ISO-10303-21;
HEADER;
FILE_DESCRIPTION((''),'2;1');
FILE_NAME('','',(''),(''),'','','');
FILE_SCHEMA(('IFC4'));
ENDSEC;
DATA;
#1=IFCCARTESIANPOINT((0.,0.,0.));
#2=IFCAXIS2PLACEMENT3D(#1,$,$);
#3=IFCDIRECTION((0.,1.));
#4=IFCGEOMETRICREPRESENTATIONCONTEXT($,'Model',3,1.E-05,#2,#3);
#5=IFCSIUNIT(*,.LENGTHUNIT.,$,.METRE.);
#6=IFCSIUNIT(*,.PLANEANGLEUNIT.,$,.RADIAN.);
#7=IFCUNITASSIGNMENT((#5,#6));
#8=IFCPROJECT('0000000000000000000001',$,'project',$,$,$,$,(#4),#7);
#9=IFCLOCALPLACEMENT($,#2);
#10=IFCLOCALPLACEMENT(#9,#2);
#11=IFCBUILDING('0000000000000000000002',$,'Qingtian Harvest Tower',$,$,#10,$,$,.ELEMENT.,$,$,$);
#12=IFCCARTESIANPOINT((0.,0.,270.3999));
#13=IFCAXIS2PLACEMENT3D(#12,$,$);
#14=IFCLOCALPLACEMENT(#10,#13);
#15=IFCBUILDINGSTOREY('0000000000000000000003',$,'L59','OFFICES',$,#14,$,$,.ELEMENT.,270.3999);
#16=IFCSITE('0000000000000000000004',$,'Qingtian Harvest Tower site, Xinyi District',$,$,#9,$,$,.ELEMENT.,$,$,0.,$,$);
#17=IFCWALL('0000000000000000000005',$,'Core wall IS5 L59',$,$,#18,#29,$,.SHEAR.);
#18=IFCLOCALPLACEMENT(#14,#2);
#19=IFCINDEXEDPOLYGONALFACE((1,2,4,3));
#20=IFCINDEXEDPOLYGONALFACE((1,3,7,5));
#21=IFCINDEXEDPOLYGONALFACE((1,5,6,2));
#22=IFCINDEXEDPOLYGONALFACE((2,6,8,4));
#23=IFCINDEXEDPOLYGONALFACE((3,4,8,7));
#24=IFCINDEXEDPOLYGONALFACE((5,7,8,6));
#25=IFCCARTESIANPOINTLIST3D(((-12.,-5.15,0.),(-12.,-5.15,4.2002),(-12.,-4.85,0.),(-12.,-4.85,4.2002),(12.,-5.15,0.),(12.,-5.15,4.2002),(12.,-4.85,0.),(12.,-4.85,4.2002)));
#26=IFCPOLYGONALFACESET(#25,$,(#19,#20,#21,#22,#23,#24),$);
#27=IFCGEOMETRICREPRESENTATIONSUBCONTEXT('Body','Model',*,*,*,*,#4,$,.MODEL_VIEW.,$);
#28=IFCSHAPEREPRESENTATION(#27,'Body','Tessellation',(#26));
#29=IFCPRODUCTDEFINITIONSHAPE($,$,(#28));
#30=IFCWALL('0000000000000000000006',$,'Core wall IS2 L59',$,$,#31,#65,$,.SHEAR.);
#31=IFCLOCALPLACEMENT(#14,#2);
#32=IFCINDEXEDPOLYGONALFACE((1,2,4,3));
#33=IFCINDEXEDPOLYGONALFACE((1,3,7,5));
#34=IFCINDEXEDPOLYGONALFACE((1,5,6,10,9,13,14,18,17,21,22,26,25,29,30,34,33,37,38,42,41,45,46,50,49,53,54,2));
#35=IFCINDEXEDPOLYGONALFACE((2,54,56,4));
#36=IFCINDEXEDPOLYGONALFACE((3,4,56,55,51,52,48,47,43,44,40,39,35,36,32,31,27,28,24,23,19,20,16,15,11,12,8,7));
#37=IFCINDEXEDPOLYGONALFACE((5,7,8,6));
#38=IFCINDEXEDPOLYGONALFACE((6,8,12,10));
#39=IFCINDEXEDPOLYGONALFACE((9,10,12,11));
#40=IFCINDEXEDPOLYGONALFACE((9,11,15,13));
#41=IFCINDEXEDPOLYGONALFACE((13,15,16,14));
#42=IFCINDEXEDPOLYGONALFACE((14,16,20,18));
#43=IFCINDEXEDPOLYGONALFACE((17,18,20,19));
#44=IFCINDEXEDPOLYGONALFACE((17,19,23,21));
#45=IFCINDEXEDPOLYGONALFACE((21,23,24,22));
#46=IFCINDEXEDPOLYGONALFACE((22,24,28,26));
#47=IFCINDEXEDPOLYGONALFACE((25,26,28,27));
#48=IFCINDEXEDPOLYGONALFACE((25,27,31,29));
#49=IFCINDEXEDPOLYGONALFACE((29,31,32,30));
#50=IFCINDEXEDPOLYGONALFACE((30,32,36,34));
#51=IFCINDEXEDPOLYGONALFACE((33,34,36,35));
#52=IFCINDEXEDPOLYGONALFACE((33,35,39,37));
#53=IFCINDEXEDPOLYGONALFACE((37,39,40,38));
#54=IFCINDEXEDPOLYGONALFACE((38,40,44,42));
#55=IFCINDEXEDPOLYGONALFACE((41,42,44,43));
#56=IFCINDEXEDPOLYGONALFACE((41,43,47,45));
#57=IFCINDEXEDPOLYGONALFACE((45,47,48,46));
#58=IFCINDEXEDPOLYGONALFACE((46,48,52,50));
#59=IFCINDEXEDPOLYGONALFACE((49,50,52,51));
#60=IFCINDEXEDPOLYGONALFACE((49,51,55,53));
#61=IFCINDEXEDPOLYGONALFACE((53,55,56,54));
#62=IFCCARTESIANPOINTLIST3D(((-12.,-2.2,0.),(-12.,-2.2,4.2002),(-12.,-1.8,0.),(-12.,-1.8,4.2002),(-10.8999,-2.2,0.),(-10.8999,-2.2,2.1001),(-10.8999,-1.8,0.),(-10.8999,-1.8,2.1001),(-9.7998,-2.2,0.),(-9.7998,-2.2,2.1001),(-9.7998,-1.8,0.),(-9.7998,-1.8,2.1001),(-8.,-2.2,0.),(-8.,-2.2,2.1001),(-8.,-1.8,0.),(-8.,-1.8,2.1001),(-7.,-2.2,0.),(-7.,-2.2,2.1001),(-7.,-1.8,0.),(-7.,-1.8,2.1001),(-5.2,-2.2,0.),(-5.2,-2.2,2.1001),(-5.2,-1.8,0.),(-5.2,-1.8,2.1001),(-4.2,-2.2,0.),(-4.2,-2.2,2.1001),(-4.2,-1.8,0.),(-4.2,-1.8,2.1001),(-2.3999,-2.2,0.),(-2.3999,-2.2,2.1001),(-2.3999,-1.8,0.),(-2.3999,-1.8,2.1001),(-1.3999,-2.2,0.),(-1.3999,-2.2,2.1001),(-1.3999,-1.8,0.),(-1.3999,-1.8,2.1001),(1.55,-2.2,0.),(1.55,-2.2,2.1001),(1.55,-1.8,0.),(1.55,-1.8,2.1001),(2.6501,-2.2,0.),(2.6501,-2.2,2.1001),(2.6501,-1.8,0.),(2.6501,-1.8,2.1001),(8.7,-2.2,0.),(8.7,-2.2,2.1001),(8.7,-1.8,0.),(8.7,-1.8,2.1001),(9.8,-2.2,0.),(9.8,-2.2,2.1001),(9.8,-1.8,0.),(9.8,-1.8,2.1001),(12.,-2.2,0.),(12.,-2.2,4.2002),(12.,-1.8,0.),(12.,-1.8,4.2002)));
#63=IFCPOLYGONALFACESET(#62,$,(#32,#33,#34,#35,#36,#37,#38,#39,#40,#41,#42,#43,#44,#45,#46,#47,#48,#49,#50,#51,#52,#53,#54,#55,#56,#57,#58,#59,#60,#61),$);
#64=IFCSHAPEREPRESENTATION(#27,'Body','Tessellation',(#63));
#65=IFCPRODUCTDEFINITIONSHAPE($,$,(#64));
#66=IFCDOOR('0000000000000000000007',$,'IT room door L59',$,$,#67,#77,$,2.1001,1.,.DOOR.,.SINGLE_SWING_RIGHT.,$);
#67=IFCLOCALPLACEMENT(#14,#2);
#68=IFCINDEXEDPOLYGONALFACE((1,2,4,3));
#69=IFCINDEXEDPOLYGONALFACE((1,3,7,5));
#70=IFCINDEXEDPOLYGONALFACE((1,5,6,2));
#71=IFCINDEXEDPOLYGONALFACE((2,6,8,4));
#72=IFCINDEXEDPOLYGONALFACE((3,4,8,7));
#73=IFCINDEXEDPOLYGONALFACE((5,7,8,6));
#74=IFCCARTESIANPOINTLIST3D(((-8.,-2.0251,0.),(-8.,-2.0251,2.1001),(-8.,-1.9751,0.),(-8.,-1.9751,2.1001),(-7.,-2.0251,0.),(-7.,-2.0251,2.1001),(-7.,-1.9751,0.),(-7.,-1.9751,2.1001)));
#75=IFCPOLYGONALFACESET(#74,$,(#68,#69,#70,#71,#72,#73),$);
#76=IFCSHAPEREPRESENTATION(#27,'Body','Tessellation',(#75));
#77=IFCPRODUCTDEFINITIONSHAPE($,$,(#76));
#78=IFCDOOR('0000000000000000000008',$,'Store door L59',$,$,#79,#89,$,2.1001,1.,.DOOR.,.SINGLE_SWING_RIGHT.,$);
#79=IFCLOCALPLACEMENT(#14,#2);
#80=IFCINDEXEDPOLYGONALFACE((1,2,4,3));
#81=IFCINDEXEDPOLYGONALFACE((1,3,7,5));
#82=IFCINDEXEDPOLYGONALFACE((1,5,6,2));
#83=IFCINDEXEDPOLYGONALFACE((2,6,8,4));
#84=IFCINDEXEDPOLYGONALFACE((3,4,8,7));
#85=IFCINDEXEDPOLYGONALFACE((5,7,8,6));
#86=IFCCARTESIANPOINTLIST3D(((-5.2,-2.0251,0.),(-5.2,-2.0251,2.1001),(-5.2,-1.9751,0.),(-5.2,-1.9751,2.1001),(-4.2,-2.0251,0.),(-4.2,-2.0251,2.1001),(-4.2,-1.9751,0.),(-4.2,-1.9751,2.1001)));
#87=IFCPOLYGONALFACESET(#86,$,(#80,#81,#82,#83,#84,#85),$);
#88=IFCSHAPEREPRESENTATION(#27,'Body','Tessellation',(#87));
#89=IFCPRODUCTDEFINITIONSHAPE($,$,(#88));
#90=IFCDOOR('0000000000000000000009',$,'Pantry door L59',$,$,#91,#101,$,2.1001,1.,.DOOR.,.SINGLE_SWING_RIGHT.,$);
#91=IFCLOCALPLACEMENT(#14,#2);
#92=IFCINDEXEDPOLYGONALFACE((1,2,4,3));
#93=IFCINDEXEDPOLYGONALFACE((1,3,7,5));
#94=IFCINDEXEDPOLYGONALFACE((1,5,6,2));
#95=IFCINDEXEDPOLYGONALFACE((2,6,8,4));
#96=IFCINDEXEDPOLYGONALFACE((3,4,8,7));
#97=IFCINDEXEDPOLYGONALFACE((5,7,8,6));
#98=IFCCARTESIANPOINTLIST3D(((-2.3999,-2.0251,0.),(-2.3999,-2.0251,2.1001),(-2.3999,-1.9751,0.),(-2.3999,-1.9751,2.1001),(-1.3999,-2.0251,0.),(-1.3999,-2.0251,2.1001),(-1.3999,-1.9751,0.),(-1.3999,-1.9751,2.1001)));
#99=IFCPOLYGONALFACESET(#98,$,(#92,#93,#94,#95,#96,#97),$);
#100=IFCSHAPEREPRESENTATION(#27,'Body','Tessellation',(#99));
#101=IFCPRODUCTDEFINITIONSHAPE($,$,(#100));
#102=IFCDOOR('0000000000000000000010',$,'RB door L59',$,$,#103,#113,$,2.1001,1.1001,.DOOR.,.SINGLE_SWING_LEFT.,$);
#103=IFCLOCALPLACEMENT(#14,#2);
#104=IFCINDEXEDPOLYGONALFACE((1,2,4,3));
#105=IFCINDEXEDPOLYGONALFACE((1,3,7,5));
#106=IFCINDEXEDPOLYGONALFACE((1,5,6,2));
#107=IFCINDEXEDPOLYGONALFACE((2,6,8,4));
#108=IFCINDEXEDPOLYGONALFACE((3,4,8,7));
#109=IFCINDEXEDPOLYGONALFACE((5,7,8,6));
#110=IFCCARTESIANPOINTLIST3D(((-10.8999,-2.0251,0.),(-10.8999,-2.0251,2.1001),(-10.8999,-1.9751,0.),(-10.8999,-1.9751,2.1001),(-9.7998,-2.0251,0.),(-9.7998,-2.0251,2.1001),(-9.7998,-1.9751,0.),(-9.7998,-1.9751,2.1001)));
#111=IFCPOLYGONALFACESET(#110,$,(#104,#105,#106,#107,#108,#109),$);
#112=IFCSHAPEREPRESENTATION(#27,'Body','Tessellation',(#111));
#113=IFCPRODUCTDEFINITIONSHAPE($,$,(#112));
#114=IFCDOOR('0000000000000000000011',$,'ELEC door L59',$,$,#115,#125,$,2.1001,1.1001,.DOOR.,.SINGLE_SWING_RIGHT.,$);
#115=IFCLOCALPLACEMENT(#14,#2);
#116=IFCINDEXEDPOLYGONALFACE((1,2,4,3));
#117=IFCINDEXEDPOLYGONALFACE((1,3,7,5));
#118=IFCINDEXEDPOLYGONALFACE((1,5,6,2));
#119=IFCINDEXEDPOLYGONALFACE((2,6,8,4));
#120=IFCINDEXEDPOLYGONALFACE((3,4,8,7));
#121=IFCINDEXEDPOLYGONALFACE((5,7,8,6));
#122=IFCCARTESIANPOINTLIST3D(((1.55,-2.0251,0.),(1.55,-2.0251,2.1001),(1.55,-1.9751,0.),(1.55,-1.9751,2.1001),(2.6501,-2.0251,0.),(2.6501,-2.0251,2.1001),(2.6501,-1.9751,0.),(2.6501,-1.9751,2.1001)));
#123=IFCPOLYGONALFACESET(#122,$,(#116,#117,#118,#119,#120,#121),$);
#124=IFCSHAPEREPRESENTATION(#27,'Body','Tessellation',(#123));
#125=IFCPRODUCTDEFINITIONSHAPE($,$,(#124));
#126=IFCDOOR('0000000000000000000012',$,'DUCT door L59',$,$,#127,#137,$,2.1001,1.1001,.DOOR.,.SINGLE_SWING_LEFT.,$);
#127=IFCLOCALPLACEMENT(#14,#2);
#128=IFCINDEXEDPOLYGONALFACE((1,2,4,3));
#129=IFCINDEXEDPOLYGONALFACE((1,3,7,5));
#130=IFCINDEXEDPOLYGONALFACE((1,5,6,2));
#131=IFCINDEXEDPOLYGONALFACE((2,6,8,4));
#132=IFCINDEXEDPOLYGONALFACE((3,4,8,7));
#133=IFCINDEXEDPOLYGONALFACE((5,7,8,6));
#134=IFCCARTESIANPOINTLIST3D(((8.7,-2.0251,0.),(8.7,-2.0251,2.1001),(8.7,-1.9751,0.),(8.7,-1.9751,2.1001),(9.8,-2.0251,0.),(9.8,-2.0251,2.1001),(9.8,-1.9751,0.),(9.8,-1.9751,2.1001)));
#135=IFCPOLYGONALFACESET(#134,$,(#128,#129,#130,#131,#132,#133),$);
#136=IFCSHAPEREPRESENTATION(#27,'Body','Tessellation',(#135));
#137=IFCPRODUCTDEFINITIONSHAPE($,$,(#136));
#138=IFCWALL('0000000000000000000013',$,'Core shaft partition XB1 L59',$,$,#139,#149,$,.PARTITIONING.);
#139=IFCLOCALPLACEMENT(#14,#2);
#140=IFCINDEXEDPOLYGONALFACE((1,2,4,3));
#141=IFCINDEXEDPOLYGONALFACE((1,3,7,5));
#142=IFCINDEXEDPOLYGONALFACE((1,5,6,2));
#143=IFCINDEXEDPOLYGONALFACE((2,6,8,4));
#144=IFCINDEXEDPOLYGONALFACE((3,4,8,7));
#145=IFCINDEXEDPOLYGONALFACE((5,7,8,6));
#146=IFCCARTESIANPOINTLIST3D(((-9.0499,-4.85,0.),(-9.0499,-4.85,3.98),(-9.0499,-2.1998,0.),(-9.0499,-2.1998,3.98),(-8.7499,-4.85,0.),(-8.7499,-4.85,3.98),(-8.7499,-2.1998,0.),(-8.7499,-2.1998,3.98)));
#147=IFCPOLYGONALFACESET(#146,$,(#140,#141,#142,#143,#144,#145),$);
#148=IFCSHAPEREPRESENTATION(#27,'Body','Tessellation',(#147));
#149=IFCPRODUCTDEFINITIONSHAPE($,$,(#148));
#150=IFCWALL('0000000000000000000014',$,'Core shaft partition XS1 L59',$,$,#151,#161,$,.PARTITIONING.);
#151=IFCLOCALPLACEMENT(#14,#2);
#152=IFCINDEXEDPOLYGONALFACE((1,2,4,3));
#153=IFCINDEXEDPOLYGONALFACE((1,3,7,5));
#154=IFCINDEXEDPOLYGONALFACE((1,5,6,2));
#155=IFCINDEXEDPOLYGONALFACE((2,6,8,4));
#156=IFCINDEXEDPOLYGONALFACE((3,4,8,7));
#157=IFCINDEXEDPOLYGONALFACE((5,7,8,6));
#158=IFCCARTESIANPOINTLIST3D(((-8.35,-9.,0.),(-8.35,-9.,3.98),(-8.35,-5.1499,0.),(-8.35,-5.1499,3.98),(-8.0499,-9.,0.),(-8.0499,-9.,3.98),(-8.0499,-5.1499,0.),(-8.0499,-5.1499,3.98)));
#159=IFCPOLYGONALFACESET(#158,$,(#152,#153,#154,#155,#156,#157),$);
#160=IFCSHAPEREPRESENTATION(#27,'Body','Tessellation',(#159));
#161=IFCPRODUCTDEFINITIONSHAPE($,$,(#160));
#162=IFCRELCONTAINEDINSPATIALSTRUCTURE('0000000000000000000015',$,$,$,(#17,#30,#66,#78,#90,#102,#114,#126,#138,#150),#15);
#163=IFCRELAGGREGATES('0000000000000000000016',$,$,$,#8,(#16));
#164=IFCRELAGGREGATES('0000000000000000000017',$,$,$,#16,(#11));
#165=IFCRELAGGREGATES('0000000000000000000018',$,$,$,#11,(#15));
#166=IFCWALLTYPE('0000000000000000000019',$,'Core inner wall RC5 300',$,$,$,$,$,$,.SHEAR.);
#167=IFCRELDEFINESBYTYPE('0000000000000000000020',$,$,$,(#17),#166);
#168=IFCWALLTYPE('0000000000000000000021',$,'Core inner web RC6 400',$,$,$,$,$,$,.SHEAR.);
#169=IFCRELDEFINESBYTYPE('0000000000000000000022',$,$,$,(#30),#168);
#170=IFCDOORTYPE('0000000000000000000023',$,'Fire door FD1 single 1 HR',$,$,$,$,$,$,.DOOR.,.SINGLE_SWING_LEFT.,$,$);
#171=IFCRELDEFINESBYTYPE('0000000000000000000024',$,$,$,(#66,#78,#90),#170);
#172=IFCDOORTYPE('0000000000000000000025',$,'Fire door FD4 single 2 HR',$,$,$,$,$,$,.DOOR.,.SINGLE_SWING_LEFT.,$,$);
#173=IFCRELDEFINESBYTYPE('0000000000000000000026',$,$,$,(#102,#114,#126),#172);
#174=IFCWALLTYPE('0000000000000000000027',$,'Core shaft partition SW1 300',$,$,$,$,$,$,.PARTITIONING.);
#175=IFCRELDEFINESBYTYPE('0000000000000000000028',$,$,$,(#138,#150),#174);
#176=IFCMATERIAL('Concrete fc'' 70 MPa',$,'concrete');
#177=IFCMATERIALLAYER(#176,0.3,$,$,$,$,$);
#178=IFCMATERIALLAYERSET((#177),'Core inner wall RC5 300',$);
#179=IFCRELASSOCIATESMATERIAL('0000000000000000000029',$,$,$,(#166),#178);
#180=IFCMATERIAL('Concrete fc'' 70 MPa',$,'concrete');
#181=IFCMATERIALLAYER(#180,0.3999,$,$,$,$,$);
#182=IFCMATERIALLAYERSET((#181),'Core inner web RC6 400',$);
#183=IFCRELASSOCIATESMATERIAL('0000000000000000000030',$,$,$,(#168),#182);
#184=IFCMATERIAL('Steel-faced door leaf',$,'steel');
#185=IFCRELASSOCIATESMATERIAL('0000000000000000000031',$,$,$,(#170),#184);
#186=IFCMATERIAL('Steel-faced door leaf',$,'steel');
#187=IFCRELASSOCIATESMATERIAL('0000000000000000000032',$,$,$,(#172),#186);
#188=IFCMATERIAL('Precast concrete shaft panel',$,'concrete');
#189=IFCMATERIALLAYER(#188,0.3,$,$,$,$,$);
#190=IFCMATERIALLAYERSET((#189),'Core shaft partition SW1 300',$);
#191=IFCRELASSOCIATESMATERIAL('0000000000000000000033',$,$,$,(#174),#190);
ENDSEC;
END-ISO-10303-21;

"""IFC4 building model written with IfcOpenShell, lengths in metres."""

from ifc_helpers import new_model, si_unit, direction, frame, frame_2d, origin, place, context, subcontext, project, spatial, rectangle, extrude, material, layer, layer_set, type_object, element, fill, save


model = new_model("IFC4")

# Units and contexts
model_context = context("Model", 3, precision=1e-05, world=origin(), true_north=direction((0.0, 1.0)))
body_context = subcontext(model_context, "Body", "Model", "MODEL_VIEW")
ifc_project = project(units=[si_unit("LENGTHUNIT", "METRE"), si_unit("PLANEANGLEUNIT", "RADIAN")], contexts=[model_context])

# Site, building, storey
site_placement = place(None, origin())
site = spatial("IfcSite", under=ifc_project, at=site_placement, Name="Qingtian Harvest Tower site, Xinyi District", CompositionType="ELEMENT", RefElevation=0.0)
building_placement = place(site_placement, origin())
building = spatial("IfcBuilding", under=site, at=building_placement, Name="Qingtian Harvest Tower", CompositionType="ELEMENT")
storey_placement = place(building_placement, frame((0.0, 0.0, 270.3999)))
storey = spatial("IfcBuildingStorey", under=building, at=storey_placement, Name="L59", Description="OFFICES", CompositionType="ELEMENT", Elevation=270.3999)

# Wall
ifc_material_1 = material(Name="Concrete fc' 70 MPa", Category="concrete")
ifc_layer_1 = layer(ifc_material_1, 0.3)
ifc_layer_set_1 = layer_set([ifc_layer_1], Name="Core inner wall RC5 300")
wall_type_1 = type_object("IfcWallType", Name="Core inner wall RC5 300", PredefinedType="SHEAR", material=ifc_layer_set_1)
wall_1_placement = place(storey_placement, frame((-12.0, -5.0, 0.0), z_axis=(0.0, 0.0, 1.0), x_axis=(1.0, 0.0, 0.0)))
element("IfcWall", 1, at=wall_1_placement, inside=storey, type_object=wall_type_1, Name="Core wall IS5 L59", PredefinedType="SHEAR", context=body_context, shape_type="SweptSolid", body=[
    extrude(rectangle(XDim=24.0, YDim=0.3, at=frame_2d((12.0, 0.0))), origin(), (0.0, 0.0, 1.0), 4.2002),
])

# Wall, openings, doors
ifc_material_2 = material(Name="Concrete fc' 70 MPa", Category="concrete")
ifc_layer_2 = layer(ifc_material_2, 0.3999)
ifc_layer_set_2 = layer_set([ifc_layer_2], Name="Core inner web RC6 400")
wall_type_2 = type_object("IfcWallType", Name="Core inner web RC6 400", PredefinedType="SHEAR", material=ifc_layer_set_2)
wall_2_placement = place(storey_placement, frame((-12.0, -2.0, 0.0), z_axis=(0.0, 0.0, 1.0), x_axis=(1.0, 0.0, 0.0)))
wall_2 = element("IfcWall", 2, at=wall_2_placement, inside=storey, type_object=wall_type_2, Name="Core wall IS2 L59", PredefinedType="SHEAR", context=body_context, shape_type="SweptSolid", body=[
    extrude(rectangle(XDim=24.0, YDim=0.3999, at=frame_2d((12.0, 0.0))), origin(), (0.0, 0.0, 1.0), 4.2002),
])
opening_1_placement = place(wall_2_placement, frame((1.1001, 0.0, 0.0)))
opening_1 = element("IfcOpeningElement", 3, at=opening_1_placement, cuts=wall_2, PredefinedType="OPENING", context=body_context, shape_type="SweptSolid", body=[
    extrude(rectangle(XDim=1.1001, YDim=2.1001, at=frame_2d((0.55, 1.05))), frame((0.0, 0.21, 0.0), z_axis=(0.0, -1.0, 0.0), x_axis=(1.0, 0.0, 0.0)), (0.0, 0.0, 1.0), 0.4199),
])
opening_2_placement = place(wall_2_placement, frame((13.55, 0.0, 0.0)))
opening_2 = element("IfcOpeningElement", 4, at=opening_2_placement, cuts=wall_2, PredefinedType="OPENING", context=body_context, shape_type="SweptSolid", body=[
    extrude(rectangle(XDim=1.1001, YDim=2.1001, at=frame_2d((0.55, 1.05))), frame((0.0, 0.21, 0.0), z_axis=(0.0, -1.0, 0.0), x_axis=(1.0, 0.0, 0.0)), (0.0, 0.0, 1.0), 0.4199),
])
opening_3_placement = place(wall_2_placement, frame((20.7, 0.0, 0.0)))
opening_3 = element("IfcOpeningElement", 5, at=opening_3_placement, cuts=wall_2, PredefinedType="OPENING", context=body_context, shape_type="SweptSolid", body=[
    extrude(rectangle(XDim=1.1001, YDim=2.1001, at=frame_2d((0.55, 1.05))), frame((0.0, 0.21, 0.0), z_axis=(0.0, -1.0, 0.0), x_axis=(1.0, 0.0, 0.0)), (0.0, 0.0, 1.0), 0.4199),
])
opening_4_placement = place(wall_2_placement, frame((4.0, 0.0, 0.0)))
opening_4 = element("IfcOpeningElement", 6, at=opening_4_placement, cuts=wall_2, PredefinedType="OPENING", context=body_context, shape_type="SweptSolid", body=[
    extrude(rectangle(XDim=1.0, YDim=2.1001, at=frame_2d((0.5, 1.05))), frame((0.0, 0.21, 0.0), z_axis=(0.0, -1.0, 0.0), x_axis=(1.0, 0.0, 0.0)), (0.0, 0.0, 1.0), 0.4199),
])
opening_5_placement = place(wall_2_placement, frame((6.8, 0.0, 0.0)))
opening_5 = element("IfcOpeningElement", 7, at=opening_5_placement, cuts=wall_2, PredefinedType="OPENING", context=body_context, shape_type="SweptSolid", body=[
    extrude(rectangle(XDim=1.0, YDim=2.1001, at=frame_2d((0.5, 1.05))), frame((0.0, 0.21, 0.0), z_axis=(0.0, -1.0, 0.0), x_axis=(1.0, 0.0, 0.0)), (0.0, 0.0, 1.0), 0.4199),
])
opening_6_placement = place(wall_2_placement, frame((9.6001, 0.0, 0.0)))
opening_6 = element("IfcOpeningElement", 8, at=opening_6_placement, cuts=wall_2, PredefinedType="OPENING", context=body_context, shape_type="SweptSolid", body=[
    extrude(rectangle(XDim=1.0, YDim=2.1001, at=frame_2d((0.5, 1.05))), frame((0.0, 0.21, 0.0), z_axis=(0.0, -1.0, 0.0), x_axis=(1.0, 0.0, 0.0)), (0.0, 0.0, 1.0), 0.4199),
])
ifc_material_3 = material(Name="Steel-faced door leaf", Category="steel")
door_type_1 = type_object("IfcDoorType", Name="Fire door FD1 single 1 HR", OperationType="SINGLE_SWING_LEFT", PredefinedType="DOOR", material=ifc_material_3)
door_1_placement = place(opening_4_placement, origin())
door_1 = element("IfcDoor", 9, at=door_1_placement, inside=storey, type_object=door_type_1, Name="IT room door L59", OperationType="SINGLE_SWING_RIGHT", OverallHeight=2.1001, OverallWidth=1.0, PredefinedType="DOOR", context=body_context, shape_type="SweptSolid", body=[
    extrude(rectangle(XDim=1.0, YDim=2.1001, at=frame_2d((0.5, 1.05))), frame((0.0, 0.0249, 0.0), z_axis=(0.0, -1.0, 0.0), x_axis=(1.0, 0.0, 0.0)), (0.0, 0.0, 1.0), 0.05),
])
fill(opening_4, door_1)
door_2_placement = place(opening_5_placement, origin())
door_2 = element("IfcDoor", 10, at=door_2_placement, inside=storey, type_object=door_type_1, Name="Store door L59", OperationType="SINGLE_SWING_RIGHT", OverallHeight=2.1001, OverallWidth=1.0, PredefinedType="DOOR", context=body_context, shape_type="SweptSolid", body=[
    extrude(rectangle(XDim=1.0, YDim=2.1001, at=frame_2d((0.5, 1.05))), frame((0.0, 0.0249, 0.0), z_axis=(0.0, -1.0, 0.0), x_axis=(1.0, 0.0, 0.0)), (0.0, 0.0, 1.0), 0.05),
])
fill(opening_5, door_2)
door_3_placement = place(opening_6_placement, origin())
door_3 = element("IfcDoor", 11, at=door_3_placement, inside=storey, type_object=door_type_1, Name="Pantry door L59", OperationType="SINGLE_SWING_RIGHT", OverallHeight=2.1001, OverallWidth=1.0, PredefinedType="DOOR", context=body_context, shape_type="SweptSolid", body=[
    extrude(rectangle(XDim=1.0, YDim=2.1001, at=frame_2d((0.5, 1.05))), frame((0.0, 0.0249, 0.0), z_axis=(0.0, -1.0, 0.0), x_axis=(1.0, 0.0, 0.0)), (0.0, 0.0, 1.0), 0.05),
])
fill(opening_6, door_3)
ifc_material_4 = material(Name="Steel-faced door leaf", Category="steel")
door_type_2 = type_object("IfcDoorType", Name="Fire door FD4 single 2 HR", OperationType="SINGLE_SWING_LEFT", PredefinedType="DOOR", material=ifc_material_4)
door_4_placement = place(opening_1_placement, origin())
door_4 = element("IfcDoor", 12, at=door_4_placement, inside=storey, type_object=door_type_2, Name="RB door L59", OperationType="SINGLE_SWING_LEFT", OverallHeight=2.1001, OverallWidth=1.1001, PredefinedType="DOOR", context=body_context, shape_type="SweptSolid", body=[
    extrude(rectangle(XDim=1.1001, YDim=2.1001, at=frame_2d((0.55, 1.05))), frame((0.0, 0.0249, 0.0), z_axis=(0.0, -1.0, 0.0), x_axis=(1.0, 0.0, 0.0)), (0.0, 0.0, 1.0), 0.05),
])
fill(opening_1, door_4)
door_5_placement = place(opening_2_placement, origin())
door_5 = element("IfcDoor", 13, at=door_5_placement, inside=storey, type_object=door_type_2, Name="ELEC door L59", OperationType="SINGLE_SWING_RIGHT", OverallHeight=2.1001, OverallWidth=1.1001, PredefinedType="DOOR", context=body_context, shape_type="SweptSolid", body=[
    extrude(rectangle(XDim=1.1001, YDim=2.1001, at=frame_2d((0.55, 1.05))), frame((0.0, 0.0249, 0.0), z_axis=(0.0, -1.0, 0.0), x_axis=(1.0, 0.0, 0.0)), (0.0, 0.0, 1.0), 0.05),
])
fill(opening_2, door_5)
door_6_placement = place(opening_3_placement, origin())
door_6 = element("IfcDoor", 14, at=door_6_placement, inside=storey, type_object=door_type_2, Name="DUCT door L59", OperationType="SINGLE_SWING_LEFT", OverallHeight=2.1001, OverallWidth=1.1001, PredefinedType="DOOR", context=body_context, shape_type="SweptSolid", body=[
    extrude(rectangle(XDim=1.1001, YDim=2.1001, at=frame_2d((0.55, 1.05))), frame((0.0, 0.0249, 0.0), z_axis=(0.0, -1.0, 0.0), x_axis=(1.0, 0.0, 0.0)), (0.0, 0.0, 1.0), 0.05),
])
fill(opening_3, door_6)

# Walls
ifc_material_5 = material(Name="Precast concrete shaft panel", Category="concrete")
ifc_layer_3 = layer(ifc_material_5, 0.3)
ifc_layer_set_3 = layer_set([ifc_layer_3], Name="Core shaft partition SW1 300")
wall_type_3 = type_object("IfcWallType", Name="Core shaft partition SW1 300", PredefinedType="PARTITIONING", material=ifc_layer_set_3)
wall_3_placement = place(storey_placement, frame((-8.8999, -4.8501, 0.0), z_axis=(0.0, 0.0, 1.0), x_axis=(0.0, 1.0, 0.0)))
element("IfcWall", 15, at=wall_3_placement, inside=storey, type_object=wall_type_3, Name="Core shaft partition XB1 L59", PredefinedType="PARTITIONING", context=body_context, shape_type="SweptSolid", body=[
    extrude(rectangle(XDim=2.6501, YDim=0.3, at=frame_2d((1.3252, 0.0))), origin(), (0.0, 0.0, 1.0), 3.98),
])
wall_4_placement = place(storey_placement, frame((-8.2, -9.0, 0.0), z_axis=(0.0, 0.0, 1.0), x_axis=(0.0, 1.0, 0.0)))
element("IfcWall", 16, at=wall_4_placement, inside=storey, type_object=wall_type_3, Name="Core shaft partition XS1 L59", PredefinedType="PARTITIONING", context=body_context, shape_type="SweptSolid", body=[
    extrude(rectangle(XDim=3.8501, YDim=0.3, at=frame_2d((1.925, 0.0))), origin(), (0.0, 0.0, 1.0), 3.98),
])

save(model, "model.ifc")
